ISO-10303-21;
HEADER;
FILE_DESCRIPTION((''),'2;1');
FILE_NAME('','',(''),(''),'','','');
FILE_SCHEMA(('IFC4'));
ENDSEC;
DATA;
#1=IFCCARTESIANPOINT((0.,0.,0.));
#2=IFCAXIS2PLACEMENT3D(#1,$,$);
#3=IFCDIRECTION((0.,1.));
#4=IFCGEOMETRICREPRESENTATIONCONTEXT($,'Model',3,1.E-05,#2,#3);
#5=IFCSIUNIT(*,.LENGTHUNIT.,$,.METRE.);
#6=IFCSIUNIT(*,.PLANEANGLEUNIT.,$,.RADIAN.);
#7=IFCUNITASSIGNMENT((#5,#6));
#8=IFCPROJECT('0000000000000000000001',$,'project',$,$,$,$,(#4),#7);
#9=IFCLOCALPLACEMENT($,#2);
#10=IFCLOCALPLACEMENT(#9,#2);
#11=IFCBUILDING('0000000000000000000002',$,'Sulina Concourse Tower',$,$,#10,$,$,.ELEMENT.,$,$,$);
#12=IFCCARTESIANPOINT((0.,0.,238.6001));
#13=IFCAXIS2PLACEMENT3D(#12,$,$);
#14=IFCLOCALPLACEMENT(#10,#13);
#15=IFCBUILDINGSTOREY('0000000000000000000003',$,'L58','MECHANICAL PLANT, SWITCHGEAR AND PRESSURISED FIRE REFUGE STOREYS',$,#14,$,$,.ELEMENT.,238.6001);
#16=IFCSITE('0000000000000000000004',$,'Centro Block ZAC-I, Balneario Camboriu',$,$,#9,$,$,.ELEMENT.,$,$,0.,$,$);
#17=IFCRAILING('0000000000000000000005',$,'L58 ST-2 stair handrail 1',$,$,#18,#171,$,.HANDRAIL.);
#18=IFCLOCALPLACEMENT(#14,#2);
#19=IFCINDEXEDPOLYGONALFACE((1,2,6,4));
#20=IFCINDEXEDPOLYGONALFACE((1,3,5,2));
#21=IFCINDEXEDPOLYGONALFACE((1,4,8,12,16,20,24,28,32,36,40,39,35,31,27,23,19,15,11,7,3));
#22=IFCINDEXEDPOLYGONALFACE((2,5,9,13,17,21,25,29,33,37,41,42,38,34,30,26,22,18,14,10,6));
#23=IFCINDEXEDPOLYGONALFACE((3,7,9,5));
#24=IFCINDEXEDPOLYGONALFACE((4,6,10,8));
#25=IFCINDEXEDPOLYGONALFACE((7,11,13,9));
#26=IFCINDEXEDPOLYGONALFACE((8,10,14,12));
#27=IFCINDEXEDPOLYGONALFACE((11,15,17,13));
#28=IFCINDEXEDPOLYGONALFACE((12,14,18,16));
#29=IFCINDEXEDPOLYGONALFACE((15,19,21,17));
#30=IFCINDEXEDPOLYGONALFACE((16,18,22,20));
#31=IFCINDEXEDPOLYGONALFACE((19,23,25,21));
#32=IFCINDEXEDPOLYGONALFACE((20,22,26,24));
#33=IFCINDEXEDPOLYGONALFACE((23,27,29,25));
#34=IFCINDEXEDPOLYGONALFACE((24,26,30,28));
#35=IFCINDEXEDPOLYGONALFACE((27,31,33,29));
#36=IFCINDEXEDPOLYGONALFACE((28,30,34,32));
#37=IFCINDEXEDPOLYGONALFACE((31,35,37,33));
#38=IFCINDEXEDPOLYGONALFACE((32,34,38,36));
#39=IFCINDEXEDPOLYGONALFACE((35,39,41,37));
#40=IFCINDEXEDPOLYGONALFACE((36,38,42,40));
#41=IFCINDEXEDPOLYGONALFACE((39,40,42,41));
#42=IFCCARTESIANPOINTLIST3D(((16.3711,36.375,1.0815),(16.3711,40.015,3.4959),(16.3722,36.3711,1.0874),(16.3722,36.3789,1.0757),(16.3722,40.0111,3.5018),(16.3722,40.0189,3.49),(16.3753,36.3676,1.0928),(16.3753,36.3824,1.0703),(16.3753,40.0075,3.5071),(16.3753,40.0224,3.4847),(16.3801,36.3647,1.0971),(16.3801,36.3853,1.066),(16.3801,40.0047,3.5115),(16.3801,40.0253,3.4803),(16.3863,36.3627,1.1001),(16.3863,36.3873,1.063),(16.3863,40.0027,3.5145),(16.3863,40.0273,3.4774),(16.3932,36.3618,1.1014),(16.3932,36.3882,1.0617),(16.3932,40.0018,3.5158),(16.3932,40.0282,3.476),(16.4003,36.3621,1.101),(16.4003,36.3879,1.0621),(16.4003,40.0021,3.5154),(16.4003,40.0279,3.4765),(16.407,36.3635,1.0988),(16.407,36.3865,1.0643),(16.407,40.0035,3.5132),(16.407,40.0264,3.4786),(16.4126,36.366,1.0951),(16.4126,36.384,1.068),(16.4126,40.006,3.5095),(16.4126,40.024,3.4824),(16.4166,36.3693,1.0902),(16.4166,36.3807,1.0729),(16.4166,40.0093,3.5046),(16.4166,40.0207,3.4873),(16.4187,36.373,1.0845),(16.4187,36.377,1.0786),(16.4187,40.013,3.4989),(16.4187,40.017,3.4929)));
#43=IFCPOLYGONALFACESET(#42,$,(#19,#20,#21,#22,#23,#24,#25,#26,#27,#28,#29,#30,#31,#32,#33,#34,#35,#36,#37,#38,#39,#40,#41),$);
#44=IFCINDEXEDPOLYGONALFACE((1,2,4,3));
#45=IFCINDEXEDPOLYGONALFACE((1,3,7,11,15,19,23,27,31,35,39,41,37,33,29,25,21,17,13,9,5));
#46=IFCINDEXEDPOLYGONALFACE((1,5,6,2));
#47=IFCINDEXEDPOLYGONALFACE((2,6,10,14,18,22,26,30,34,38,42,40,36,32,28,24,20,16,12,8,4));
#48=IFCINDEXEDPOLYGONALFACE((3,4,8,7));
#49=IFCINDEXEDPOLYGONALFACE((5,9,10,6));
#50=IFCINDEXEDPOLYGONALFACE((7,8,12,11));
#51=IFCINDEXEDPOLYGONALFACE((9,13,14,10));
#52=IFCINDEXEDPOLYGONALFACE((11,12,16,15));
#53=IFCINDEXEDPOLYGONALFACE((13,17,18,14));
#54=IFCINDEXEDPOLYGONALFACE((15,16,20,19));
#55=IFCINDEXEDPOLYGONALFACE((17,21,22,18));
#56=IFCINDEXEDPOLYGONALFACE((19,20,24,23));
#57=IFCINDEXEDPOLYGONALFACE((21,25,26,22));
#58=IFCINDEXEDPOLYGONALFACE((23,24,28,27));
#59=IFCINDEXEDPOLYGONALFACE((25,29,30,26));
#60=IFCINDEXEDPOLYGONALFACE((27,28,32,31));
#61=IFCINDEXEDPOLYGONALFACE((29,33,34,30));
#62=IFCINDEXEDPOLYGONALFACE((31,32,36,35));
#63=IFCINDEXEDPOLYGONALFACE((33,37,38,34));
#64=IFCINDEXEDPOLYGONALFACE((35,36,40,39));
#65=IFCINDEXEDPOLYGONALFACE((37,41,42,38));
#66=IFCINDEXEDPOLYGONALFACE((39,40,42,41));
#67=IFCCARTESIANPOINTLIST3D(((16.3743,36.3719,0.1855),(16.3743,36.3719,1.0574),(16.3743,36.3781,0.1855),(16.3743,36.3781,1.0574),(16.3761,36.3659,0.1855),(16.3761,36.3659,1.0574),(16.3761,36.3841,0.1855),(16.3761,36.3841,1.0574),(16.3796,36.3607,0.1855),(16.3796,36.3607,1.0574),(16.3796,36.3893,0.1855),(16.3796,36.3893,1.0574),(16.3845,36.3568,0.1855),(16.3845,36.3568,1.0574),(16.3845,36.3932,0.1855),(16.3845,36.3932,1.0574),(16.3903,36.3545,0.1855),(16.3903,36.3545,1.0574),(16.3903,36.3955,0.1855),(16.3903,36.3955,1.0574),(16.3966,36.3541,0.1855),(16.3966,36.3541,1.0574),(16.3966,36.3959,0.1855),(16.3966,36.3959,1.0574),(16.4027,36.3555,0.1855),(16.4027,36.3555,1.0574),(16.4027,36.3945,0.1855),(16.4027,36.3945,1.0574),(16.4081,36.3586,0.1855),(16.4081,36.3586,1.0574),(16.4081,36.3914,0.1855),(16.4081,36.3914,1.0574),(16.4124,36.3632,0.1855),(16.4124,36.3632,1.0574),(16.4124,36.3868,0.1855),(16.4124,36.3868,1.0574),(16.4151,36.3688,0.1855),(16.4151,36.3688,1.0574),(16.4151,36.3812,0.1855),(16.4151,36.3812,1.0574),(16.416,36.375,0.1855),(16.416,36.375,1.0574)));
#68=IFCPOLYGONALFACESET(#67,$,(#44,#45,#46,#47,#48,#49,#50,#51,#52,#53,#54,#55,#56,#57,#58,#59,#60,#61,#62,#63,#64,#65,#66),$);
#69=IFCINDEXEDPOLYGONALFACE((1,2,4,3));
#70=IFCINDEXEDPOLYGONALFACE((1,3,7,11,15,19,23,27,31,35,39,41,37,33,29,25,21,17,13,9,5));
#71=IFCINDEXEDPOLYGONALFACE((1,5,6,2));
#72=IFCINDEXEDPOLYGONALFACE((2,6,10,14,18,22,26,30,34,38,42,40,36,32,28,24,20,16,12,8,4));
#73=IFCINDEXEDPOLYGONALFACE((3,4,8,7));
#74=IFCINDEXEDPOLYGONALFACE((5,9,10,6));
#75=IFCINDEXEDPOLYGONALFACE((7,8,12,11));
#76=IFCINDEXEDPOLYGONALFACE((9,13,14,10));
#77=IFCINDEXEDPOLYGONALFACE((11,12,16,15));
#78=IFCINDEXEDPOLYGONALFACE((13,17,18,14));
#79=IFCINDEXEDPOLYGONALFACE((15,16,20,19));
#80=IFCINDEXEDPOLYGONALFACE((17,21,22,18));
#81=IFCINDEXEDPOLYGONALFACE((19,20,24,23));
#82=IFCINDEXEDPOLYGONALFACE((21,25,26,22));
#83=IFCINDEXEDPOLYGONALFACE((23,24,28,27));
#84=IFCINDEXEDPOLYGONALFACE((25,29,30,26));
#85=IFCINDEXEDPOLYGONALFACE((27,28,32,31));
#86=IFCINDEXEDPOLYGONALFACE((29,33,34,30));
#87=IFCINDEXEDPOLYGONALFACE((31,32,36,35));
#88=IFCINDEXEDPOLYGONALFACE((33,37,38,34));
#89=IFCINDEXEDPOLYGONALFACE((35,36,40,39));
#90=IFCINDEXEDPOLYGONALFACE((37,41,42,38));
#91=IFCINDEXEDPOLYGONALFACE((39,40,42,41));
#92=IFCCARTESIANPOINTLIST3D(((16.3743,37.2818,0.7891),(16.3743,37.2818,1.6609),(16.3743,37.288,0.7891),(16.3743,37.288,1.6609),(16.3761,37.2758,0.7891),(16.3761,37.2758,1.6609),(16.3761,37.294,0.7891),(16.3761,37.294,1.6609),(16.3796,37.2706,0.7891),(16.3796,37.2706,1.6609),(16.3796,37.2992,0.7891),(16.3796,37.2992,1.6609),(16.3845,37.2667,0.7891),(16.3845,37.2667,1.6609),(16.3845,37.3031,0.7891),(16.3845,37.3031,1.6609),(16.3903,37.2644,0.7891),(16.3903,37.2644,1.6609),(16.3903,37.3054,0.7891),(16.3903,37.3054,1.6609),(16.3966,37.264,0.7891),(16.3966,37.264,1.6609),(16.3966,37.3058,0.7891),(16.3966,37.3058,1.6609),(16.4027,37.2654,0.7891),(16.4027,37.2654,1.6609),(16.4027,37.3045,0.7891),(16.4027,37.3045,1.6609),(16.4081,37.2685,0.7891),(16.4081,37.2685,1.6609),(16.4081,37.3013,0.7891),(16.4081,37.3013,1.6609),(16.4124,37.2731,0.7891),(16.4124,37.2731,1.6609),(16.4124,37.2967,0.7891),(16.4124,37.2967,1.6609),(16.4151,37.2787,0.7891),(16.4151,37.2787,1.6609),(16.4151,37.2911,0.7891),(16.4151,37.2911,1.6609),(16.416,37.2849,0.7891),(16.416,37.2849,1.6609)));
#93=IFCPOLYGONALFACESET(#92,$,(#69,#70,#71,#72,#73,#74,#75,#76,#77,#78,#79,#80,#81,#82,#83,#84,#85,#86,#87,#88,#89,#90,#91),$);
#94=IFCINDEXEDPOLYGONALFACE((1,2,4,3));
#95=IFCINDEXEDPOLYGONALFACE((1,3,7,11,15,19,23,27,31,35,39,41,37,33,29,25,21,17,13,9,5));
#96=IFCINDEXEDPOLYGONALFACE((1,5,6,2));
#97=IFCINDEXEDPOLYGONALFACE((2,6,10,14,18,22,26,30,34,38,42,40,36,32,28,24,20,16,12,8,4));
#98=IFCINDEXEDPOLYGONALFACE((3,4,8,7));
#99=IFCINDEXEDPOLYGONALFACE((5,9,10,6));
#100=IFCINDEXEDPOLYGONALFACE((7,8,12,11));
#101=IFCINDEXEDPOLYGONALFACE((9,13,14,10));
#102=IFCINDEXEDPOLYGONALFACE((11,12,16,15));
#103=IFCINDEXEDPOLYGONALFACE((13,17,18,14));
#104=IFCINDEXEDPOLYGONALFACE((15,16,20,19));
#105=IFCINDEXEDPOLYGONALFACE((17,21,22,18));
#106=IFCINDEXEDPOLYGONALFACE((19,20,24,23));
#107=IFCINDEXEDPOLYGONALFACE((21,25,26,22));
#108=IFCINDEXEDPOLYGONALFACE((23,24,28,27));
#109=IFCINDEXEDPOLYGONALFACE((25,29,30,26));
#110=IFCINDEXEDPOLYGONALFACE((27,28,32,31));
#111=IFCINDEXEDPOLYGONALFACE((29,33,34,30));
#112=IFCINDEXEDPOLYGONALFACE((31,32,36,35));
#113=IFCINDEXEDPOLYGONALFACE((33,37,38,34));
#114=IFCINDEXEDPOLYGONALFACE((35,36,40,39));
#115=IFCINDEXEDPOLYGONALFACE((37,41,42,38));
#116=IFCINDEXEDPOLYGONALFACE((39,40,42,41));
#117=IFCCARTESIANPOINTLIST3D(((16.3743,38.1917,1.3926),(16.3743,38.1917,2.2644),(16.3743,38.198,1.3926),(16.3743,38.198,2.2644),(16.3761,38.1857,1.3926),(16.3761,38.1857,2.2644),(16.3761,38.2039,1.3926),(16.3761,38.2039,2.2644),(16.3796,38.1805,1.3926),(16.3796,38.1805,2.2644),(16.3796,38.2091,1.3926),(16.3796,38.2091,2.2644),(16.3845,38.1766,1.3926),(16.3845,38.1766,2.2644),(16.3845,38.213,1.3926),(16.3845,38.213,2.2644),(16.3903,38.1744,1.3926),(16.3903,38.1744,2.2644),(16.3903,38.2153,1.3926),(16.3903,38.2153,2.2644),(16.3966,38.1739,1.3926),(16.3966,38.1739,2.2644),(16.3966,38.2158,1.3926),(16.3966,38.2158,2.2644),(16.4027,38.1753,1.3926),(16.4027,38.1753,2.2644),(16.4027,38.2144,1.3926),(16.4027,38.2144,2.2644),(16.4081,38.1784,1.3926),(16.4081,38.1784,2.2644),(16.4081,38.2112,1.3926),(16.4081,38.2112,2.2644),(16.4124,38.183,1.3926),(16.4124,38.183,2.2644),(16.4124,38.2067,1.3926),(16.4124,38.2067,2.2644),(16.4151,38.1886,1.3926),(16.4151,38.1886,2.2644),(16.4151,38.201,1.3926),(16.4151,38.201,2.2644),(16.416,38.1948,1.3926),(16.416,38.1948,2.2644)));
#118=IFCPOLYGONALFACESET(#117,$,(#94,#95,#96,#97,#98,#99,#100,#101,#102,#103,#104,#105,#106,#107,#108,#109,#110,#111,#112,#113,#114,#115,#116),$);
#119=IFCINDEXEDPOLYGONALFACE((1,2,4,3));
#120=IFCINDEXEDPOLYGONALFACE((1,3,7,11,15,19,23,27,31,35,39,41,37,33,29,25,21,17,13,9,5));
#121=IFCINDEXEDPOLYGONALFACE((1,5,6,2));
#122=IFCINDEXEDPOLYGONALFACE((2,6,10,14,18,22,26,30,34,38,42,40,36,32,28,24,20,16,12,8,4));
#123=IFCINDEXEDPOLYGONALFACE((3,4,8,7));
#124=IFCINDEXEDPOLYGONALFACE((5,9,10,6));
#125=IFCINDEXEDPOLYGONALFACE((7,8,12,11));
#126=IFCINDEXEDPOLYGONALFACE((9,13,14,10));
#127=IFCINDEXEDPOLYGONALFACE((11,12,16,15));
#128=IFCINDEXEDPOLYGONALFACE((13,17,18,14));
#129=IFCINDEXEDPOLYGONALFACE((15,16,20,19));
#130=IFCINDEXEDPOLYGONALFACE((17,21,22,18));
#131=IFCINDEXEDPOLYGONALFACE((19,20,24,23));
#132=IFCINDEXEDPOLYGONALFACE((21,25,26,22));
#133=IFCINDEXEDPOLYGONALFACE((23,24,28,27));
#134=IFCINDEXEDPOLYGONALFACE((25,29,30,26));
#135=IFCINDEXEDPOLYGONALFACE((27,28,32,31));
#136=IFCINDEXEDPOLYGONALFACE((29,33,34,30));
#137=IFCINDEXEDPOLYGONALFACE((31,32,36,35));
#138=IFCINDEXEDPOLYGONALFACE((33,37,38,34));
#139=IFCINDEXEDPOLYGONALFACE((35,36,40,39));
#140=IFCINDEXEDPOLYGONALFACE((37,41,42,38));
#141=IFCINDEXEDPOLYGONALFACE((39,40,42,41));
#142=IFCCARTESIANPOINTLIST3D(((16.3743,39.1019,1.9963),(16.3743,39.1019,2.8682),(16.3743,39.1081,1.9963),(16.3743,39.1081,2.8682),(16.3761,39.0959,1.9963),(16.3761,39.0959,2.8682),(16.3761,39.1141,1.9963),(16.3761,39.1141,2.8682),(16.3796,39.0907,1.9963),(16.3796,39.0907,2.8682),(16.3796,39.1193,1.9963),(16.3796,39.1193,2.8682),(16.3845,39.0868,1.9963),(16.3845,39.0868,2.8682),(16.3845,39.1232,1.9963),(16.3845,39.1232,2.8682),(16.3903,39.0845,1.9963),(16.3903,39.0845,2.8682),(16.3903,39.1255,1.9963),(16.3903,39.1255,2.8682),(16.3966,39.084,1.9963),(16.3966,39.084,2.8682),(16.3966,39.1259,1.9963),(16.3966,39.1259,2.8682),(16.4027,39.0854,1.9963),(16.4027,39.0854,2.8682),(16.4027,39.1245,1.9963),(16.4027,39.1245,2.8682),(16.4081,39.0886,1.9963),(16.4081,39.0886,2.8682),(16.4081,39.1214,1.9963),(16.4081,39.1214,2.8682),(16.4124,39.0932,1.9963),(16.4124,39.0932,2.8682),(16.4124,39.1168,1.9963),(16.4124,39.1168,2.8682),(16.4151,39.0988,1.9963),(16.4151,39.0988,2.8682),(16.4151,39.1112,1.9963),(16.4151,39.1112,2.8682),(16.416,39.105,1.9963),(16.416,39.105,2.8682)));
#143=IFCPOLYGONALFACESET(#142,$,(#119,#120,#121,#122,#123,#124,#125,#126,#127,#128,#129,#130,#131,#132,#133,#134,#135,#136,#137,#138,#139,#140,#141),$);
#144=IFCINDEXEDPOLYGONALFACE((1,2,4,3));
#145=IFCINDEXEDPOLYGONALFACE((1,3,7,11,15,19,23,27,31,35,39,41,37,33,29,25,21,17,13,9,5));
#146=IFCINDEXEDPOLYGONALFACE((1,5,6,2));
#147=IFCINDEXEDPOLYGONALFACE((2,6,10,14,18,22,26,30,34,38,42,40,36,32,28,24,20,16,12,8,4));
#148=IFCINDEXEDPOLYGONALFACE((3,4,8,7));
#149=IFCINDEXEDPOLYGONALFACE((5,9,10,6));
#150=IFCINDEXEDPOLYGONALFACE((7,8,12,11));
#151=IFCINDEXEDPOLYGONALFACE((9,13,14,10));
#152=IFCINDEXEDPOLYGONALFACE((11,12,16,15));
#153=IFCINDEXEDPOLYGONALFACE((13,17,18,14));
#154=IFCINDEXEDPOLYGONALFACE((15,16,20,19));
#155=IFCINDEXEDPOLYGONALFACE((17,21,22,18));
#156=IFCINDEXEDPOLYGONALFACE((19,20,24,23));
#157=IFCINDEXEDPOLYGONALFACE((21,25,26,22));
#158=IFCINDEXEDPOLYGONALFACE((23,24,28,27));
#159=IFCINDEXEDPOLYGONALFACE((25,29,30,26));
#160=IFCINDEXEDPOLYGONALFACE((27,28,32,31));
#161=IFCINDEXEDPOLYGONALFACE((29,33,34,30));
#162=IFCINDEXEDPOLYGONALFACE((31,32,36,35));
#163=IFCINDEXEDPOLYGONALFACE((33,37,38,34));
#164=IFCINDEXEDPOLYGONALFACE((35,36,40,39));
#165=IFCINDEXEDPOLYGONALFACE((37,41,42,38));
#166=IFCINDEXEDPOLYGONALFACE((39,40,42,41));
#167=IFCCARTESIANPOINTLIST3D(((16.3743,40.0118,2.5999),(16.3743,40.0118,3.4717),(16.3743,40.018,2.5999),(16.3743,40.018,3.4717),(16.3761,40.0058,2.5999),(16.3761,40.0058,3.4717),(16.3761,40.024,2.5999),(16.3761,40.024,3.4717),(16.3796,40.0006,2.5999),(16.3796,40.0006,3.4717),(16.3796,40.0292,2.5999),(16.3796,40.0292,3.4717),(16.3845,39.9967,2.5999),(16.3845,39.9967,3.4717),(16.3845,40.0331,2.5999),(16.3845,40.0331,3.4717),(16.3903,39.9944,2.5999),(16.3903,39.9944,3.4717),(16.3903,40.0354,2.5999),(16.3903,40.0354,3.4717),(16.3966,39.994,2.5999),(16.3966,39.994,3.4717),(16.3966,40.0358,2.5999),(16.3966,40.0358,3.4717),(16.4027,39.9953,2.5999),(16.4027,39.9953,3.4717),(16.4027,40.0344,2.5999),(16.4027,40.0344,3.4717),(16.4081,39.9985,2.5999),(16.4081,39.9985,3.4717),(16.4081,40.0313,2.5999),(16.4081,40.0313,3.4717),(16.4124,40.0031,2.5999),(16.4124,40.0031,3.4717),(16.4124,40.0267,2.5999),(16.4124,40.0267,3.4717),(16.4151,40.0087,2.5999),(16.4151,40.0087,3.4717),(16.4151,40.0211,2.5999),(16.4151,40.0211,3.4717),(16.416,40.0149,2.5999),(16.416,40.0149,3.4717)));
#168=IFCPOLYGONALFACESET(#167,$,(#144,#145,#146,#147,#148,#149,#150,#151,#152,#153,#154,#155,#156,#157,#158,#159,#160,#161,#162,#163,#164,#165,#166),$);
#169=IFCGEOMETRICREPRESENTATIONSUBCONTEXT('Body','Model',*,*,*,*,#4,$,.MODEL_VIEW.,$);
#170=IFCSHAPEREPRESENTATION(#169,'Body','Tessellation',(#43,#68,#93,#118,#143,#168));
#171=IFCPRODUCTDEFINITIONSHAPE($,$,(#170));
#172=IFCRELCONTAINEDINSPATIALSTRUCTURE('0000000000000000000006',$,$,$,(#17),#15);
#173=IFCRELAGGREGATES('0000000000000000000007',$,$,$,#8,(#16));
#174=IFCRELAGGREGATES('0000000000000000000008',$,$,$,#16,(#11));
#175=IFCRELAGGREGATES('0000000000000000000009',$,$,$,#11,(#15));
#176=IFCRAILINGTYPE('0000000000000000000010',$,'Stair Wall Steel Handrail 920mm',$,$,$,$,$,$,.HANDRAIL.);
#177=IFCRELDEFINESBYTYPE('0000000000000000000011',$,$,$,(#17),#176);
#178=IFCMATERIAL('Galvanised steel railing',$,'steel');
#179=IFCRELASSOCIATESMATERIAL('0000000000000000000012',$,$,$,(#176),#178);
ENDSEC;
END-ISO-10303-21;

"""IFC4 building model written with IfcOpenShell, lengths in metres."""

from ifc_helpers import new_model, si_unit, direction, frame, origin, origin_2d, place, context, subcontext, project, spatial, circle, extrude, material, type_object, element, save


model = new_model("IFC4")

# Units and contexts
model_context = context("Model", 3, precision=1e-05, world=origin(), true_north=direction((0.0, 1.0)))
body_context = subcontext(model_context, "Body", "Model", "MODEL_VIEW")
ifc_project = project(units=[si_unit("LENGTHUNIT", "METRE"), si_unit("PLANEANGLEUNIT", "RADIAN")], contexts=[model_context])

# Site, building, storey
site_placement = place(None, origin())
site = spatial("IfcSite", under=ifc_project, at=site_placement, Name="Centro Block ZAC-I, Balneario Camboriu", CompositionType="ELEMENT", RefElevation=0.0)
building_placement = place(site_placement, origin())
building = spatial("IfcBuilding", under=site, at=building_placement, Name="Sulina Concourse Tower", CompositionType="ELEMENT")
storey_placement = place(building_placement, frame((0.0, 0.0, 238.6001)))
storey = spatial("IfcBuildingStorey", under=building, at=storey_placement, Name="L58", Description="MECHANICAL PLANT, SWITCHGEAR AND PRESSURISED FIRE REFUGE STOREYS", CompositionType="ELEMENT", Elevation=238.6001)

# Railing
ifc_material_1 = material(Name="Galvanised steel railing", Category="steel")
railing_type_1 = type_object("IfcRailingType", Name="Stair Wall Steel Handrail 920mm", PredefinedType="HANDRAIL", material=ifc_material_1)
railing_1_placement = place(storey_placement, frame((16.395, 36.375, 0.1855)))
element("IfcRailing", 1, at=railing_1_placement, inside=storey, type_object=railing_type_1, Name="L58 ST-2 stair handrail 1", PredefinedType="HANDRAIL", context=body_context, shape_type="SweptSolid", body=[
    extrude(circle(Radius=0.0239, at=origin_2d()), frame((0.0, 0.0, 0.896), z_axis=(0.0, 0.833347, 0.552751), x_axis=(-1.0, 0.0, 0.0)), (0.0, 0.0, 1.0), 4.3679),
    extrude(circle(Radius=0.021, at=origin_2d()), origin(), (0.0, 0.0, 1.0), 0.8718),
    extrude(circle(Radius=0.021, at=origin_2d()), frame((0.0, 0.9099, 0.6035)), (0.0, 0.0, 1.0), 0.8718),
    extrude(circle(Radius=0.021, at=origin_2d()), frame((0.0, 1.8198, 1.207)), (0.0, 0.0, 1.0), 0.8718),
    extrude(circle(Radius=0.021, at=origin_2d()), frame((0.0, 2.73, 1.8108)), (0.0, 0.0, 1.0), 0.8718),
    extrude(circle(Radius=0.021, at=origin_2d()), frame((0.0, 3.6399, 2.4143)), (0.0, 0.0, 1.0), 0.8718),
])

save(model, "model.ifc")
